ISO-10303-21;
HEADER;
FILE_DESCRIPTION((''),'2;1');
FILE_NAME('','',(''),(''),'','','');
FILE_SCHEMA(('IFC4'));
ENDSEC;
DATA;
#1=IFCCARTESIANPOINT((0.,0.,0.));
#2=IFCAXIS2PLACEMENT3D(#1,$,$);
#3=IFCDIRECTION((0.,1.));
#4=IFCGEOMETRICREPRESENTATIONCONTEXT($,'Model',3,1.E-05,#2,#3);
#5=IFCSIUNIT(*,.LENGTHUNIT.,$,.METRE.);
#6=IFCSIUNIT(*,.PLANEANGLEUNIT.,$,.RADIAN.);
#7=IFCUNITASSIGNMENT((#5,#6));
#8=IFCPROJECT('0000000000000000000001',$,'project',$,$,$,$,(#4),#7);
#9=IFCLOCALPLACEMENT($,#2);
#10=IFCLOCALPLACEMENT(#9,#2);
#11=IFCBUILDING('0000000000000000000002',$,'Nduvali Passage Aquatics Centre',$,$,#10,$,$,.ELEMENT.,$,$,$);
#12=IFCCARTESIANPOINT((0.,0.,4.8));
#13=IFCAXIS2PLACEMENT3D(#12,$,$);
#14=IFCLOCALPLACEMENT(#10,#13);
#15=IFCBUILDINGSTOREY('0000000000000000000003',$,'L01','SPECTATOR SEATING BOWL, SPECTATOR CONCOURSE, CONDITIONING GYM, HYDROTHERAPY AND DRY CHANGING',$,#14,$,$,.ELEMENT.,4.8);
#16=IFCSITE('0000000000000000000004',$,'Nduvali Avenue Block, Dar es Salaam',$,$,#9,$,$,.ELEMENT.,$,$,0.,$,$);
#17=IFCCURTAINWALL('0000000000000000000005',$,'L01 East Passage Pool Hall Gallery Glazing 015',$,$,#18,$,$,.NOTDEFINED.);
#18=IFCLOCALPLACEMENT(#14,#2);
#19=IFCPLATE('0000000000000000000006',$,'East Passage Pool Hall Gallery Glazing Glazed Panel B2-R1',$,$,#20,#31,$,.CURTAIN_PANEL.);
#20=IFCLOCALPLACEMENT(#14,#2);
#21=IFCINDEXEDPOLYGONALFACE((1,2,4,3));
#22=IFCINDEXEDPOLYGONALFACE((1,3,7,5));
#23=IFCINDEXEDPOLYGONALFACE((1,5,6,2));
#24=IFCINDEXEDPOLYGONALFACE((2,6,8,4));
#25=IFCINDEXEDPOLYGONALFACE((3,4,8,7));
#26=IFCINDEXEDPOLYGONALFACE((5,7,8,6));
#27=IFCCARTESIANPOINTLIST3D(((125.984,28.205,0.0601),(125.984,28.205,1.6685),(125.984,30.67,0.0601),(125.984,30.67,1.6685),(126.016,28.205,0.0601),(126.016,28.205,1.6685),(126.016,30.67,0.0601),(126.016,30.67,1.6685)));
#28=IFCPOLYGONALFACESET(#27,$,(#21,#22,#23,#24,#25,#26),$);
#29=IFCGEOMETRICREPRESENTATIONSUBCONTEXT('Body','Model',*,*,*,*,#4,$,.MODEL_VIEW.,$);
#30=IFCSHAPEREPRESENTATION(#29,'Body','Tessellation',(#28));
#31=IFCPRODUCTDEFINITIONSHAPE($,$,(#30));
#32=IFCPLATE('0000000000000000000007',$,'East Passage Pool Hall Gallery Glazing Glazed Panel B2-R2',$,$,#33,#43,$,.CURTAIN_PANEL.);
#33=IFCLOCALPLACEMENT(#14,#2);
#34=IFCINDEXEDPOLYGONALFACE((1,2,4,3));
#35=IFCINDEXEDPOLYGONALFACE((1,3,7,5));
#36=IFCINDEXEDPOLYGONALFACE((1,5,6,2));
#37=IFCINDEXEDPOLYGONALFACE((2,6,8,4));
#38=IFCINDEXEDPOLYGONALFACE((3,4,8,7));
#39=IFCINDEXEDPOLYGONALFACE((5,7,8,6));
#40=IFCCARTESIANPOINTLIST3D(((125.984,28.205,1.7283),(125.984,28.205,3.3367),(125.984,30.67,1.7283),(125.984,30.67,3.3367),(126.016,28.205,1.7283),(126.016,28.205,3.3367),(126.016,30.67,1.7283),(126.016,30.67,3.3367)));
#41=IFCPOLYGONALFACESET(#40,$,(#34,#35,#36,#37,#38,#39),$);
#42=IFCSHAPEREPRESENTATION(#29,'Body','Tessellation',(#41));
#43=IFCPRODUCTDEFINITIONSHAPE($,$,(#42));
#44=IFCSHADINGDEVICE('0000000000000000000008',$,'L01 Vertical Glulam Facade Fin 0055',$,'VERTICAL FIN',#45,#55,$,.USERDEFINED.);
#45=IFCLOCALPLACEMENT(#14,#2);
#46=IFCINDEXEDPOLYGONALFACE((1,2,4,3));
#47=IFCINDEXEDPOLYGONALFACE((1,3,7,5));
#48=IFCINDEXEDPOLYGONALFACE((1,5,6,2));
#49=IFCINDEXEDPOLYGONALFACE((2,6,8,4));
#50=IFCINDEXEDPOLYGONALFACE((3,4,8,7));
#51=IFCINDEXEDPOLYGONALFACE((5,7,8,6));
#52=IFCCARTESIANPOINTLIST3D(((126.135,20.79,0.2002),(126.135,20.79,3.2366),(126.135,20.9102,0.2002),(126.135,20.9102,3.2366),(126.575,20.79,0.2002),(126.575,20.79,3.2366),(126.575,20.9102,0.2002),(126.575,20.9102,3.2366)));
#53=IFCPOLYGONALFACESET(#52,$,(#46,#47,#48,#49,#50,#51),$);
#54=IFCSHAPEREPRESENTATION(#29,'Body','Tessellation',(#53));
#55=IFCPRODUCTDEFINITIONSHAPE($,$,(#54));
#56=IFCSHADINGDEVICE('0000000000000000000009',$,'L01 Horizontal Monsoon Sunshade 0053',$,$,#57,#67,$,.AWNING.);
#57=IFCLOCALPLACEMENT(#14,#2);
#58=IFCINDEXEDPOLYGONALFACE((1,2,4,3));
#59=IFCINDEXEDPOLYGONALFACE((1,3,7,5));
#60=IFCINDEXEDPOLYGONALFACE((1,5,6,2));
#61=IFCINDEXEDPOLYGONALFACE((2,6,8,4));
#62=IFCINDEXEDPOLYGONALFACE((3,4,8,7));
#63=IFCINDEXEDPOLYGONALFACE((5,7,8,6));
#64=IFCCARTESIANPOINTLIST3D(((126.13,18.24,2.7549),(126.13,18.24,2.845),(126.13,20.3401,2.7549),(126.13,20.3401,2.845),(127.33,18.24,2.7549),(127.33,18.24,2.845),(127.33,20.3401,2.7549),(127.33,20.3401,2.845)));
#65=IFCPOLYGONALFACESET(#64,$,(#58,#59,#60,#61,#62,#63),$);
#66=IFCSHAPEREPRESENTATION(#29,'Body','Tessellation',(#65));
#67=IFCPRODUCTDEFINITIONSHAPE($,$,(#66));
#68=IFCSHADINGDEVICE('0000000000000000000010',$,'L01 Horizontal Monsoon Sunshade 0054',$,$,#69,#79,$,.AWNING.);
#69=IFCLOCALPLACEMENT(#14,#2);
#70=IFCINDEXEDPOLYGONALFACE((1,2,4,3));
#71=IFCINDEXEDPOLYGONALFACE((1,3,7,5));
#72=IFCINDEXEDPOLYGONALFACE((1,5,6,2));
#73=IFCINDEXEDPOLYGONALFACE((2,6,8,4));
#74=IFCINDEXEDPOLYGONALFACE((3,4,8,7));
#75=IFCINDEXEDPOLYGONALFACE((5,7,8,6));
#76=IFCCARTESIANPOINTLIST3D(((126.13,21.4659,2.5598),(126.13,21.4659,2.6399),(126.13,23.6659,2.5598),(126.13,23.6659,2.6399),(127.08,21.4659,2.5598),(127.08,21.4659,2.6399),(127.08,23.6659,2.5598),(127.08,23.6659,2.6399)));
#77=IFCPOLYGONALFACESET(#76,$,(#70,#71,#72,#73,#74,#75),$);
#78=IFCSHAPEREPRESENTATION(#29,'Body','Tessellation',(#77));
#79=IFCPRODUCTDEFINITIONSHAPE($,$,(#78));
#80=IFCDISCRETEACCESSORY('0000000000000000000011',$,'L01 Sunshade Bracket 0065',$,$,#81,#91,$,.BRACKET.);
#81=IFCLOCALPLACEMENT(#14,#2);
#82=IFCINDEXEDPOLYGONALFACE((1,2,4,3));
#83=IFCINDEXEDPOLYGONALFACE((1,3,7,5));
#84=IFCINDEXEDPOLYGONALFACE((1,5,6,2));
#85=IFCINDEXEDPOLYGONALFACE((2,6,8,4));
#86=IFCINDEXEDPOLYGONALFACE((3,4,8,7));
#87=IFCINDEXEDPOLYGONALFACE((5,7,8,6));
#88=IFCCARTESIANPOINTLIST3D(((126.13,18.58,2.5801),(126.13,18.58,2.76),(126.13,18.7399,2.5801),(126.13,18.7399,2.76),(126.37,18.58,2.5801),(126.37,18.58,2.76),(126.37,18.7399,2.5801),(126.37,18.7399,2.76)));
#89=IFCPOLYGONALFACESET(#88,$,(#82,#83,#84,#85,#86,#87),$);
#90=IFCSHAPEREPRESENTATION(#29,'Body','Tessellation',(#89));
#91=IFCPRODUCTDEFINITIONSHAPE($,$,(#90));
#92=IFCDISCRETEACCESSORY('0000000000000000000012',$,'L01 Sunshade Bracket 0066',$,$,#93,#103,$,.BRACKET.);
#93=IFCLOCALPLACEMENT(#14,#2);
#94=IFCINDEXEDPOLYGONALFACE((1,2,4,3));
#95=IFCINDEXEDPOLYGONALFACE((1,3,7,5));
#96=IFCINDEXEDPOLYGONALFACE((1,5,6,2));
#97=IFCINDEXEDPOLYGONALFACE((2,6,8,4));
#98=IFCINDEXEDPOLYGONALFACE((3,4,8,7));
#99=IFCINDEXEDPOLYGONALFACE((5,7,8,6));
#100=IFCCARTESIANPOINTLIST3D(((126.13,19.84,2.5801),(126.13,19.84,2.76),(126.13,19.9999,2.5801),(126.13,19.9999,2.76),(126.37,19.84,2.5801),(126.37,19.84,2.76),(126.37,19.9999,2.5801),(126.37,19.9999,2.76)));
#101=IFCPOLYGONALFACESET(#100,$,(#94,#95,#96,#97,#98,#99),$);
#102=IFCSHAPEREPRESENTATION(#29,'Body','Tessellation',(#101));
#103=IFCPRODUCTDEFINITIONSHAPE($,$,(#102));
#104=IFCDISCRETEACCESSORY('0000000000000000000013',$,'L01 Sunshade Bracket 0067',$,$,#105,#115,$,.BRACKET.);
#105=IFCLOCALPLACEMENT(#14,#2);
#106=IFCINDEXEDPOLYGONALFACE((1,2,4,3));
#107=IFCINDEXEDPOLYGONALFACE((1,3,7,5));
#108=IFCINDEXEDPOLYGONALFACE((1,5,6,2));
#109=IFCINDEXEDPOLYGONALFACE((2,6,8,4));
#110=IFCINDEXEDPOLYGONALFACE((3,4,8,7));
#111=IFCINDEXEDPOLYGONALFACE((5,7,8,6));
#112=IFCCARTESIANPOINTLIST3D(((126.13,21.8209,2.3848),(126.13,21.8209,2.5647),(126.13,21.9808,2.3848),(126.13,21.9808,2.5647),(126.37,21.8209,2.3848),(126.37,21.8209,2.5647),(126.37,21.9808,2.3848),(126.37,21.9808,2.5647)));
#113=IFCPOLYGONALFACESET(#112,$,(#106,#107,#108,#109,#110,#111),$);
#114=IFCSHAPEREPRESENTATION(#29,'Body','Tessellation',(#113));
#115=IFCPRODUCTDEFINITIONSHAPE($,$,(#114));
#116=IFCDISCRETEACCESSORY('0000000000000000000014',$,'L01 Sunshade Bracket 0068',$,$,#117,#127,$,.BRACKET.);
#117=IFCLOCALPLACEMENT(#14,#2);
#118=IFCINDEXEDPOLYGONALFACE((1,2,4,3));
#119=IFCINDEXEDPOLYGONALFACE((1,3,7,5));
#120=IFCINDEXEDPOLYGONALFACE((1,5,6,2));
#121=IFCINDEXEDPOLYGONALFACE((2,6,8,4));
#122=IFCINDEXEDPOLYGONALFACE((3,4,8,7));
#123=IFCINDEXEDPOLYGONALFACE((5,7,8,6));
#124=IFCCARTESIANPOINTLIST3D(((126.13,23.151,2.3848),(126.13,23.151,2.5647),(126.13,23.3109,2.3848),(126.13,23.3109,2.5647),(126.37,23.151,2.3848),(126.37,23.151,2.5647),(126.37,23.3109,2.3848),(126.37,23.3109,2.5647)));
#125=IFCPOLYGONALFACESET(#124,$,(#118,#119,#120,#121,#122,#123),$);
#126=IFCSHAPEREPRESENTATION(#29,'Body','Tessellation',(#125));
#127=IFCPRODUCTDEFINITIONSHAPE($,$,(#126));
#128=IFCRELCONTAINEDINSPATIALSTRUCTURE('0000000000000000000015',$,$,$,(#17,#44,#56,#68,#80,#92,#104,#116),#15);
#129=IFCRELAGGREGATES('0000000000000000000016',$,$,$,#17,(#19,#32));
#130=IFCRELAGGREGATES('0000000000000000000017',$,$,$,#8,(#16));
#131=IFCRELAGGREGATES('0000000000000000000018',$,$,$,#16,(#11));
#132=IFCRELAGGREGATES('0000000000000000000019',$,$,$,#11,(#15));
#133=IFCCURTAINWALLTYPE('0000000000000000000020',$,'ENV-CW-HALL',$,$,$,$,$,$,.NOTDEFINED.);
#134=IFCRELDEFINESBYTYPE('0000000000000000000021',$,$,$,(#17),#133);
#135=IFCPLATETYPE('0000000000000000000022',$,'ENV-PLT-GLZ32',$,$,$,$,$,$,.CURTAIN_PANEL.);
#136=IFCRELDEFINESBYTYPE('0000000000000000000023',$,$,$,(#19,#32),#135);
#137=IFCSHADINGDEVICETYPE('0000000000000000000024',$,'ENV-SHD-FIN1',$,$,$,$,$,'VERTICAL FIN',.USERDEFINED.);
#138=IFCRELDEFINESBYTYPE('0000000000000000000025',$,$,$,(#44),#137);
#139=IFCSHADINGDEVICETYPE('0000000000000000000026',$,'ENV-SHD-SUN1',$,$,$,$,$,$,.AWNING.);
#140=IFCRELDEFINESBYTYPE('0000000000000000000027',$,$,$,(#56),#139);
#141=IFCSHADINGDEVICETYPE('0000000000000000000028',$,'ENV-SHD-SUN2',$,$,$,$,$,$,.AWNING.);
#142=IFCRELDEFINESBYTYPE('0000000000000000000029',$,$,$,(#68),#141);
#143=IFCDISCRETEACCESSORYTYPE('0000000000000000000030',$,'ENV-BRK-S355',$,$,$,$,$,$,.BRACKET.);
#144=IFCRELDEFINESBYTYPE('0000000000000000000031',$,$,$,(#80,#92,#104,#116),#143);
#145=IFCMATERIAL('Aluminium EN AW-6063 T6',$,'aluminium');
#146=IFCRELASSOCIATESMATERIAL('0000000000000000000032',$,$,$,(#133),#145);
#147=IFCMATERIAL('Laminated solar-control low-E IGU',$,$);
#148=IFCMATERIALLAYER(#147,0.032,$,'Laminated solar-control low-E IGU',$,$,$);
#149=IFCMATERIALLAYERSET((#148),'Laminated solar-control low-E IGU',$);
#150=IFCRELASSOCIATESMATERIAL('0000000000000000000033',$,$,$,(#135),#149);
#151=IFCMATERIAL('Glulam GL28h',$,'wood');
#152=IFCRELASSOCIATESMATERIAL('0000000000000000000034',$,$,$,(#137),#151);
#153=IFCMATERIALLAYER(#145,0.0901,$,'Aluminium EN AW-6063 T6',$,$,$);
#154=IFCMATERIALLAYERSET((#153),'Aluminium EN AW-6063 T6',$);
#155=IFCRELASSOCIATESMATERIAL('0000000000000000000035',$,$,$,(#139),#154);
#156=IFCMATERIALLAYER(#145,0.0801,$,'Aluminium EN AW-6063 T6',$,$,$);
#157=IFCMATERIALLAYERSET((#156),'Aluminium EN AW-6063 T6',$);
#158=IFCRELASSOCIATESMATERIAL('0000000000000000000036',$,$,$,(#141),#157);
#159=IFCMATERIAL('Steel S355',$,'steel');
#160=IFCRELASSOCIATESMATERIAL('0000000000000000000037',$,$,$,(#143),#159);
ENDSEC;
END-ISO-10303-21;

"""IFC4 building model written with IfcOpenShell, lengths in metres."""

from ifc_helpers import new_model, si_unit, direction, frame, origin, origin_2d, place, context, subcontext, project, spatial, rectangle, extrude, material, layer, layer_set, type_object, element, aggregate, save


model = new_model("IFC4")

# Units and contexts
model_context = context("Model", 3, precision=1e-05, world=origin(), true_north=direction((0.0, 1.0)))
body_context = subcontext(model_context, "Body", "Model", "MODEL_VIEW")
ifc_project = project(units=[si_unit("LENGTHUNIT", "METRE"), si_unit("PLANEANGLEUNIT", "RADIAN")], contexts=[model_context])

# Site, building, storey
site_placement = place(None, origin())
site = spatial("IfcSite", under=ifc_project, at=site_placement, Name="Nduvali Avenue Block, Dar es Salaam", CompositionType="ELEMENT", RefElevation=0.0)
building_placement = place(site_placement, origin())
building = spatial("IfcBuilding", under=site, at=building_placement, Name="Nduvali Passage Aquatics Centre", CompositionType="ELEMENT")
storey_placement = place(building_placement, frame((0.0, 0.0, 4.8)))
storey = spatial("IfcBuildingStorey", under=building, at=storey_placement, Name="L01", Description="SPECTATOR SEATING BOWL, SPECTATOR CONCOURSE, CONDITIONING GYM, HYDROTHERAPY AND DRY CHANGING", CompositionType="ELEMENT", Elevation=4.8)

# Curtain wall
ifc_material_1 = material(Name="Aluminium EN AW-6063 T6", Category="aluminium")
curtain_wall_type = type_object("IfcCurtainWallType", Name="ENV-CW-HALL", PredefinedType="NOTDEFINED", material=ifc_material_1)
curtain_wall_placement = place(storey_placement, origin())
curtain_wall = element("IfcCurtainWall", 1, at=curtain_wall_placement, inside=storey, type_object=curtain_wall_type, Name="L01 East Passage Pool Hall Gallery Glazing 015", PredefinedType="NOTDEFINED")

# Shared definitions
ifc_material_2 = material(Name="Steel S355", Category="steel")

# Plates
ifc_material_3 = material(Name="Laminated solar-control low-E IGU")
ifc_layer_1 = layer(ifc_material_3, 0.032, Name="Laminated solar-control low-E IGU")
ifc_layer_set_1 = layer_set([ifc_layer_1], Name="Laminated solar-control low-E IGU")
plate_type = type_object("IfcPlateType", Name="ENV-PLT-GLZ32", PredefinedType="CURTAIN_PANEL", material=ifc_layer_set_1)
plate_1_placement = place(storey_placement, frame((126.0, 29.4375, 0.0601), z_axis=(0.0, 0.0, 1.0), x_axis=(0.0, 1.0, 0.0)))
plate_1 = element("IfcPlate", 2, at=plate_1_placement, type_object=plate_type, Name="East Passage Pool Hall Gallery Glazing Glazed Panel B2-R1", PredefinedType="CURTAIN_PANEL", context=body_context, shape_type="SweptSolid", body=[
    extrude(rectangle(XDim=2.4651, YDim=0.032, at=origin_2d()), origin(), (0.0, 0.0, 1.0), 1.6084),
])
plate_2_placement = place(storey_placement, frame((126.0, 29.4375, 1.7283), z_axis=(0.0, 0.0, 1.0), x_axis=(0.0, 1.0, 0.0)))
plate_2 = element("IfcPlate", 3, at=plate_2_placement, type_object=plate_type, Name="East Passage Pool Hall Gallery Glazing Glazed Panel B2-R2", PredefinedType="CURTAIN_PANEL", context=body_context, shape_type="SweptSolid", body=[
    extrude(rectangle(XDim=2.4651, YDim=0.032, at=origin_2d()), origin(), (0.0, 0.0, 1.0), 1.6084),
])
aggregate(curtain_wall, [plate_1, plate_2])

# Shading devices
ifc_material_4 = material(Name="Glulam GL28h", Category="wood")
shading_device_type_1 = type_object("IfcShadingDeviceType", Name="ENV-SHD-FIN1", ElementType="VERTICAL FIN", PredefinedType="USERDEFINED", material=ifc_material_4)
shading_device_1_placement = place(storey_placement, frame((126.355, 20.8501, 0.2002), z_axis=(0.0, 0.0, 1.0), x_axis=(0.0, 1.0, 0.0)))
element("IfcShadingDevice", 4, at=shading_device_1_placement, inside=storey, type_object=shading_device_type_1, Name="L01 Vertical Glulam Facade Fin 0055", ObjectType="VERTICAL FIN", PredefinedType="USERDEFINED", context=body_context, shape_type="SweptSolid", body=[
    extrude(rectangle(XDim=0.1201, YDim=0.4399, at=origin_2d()), origin(), (0.0, 0.0, 1.0), 3.0364),
])
ifc_layer_2 = layer(ifc_material_1, 0.0901, Name="Aluminium EN AW-6063 T6")
ifc_layer_set_2 = layer_set([ifc_layer_2], Name="Aluminium EN AW-6063 T6")
shading_device_type_2 = type_object("IfcShadingDeviceType", Name="ENV-SHD-SUN1", PredefinedType="AWNING", material=ifc_layer_set_2)
shading_device_2_placement = place(storey_placement, frame((126.73, 19.29, 2.7549), z_axis=(0.0, 0.0, 1.0), x_axis=(0.0, 1.0, 0.0)))
element("IfcShadingDevice", 5, at=shading_device_2_placement, inside=storey, type_object=shading_device_type_2, Name="L01 Horizontal Monsoon Sunshade 0053", PredefinedType="AWNING", context=body_context, shape_type="SweptSolid", body=[
    extrude(rectangle(XDim=2.1001, YDim=1.2, at=origin_2d()), origin(), (0.0, 0.0, 1.0), 0.0901),
])
ifc_layer_3 = layer(ifc_material_1, 0.0801, Name="Aluminium EN AW-6063 T6")
ifc_layer_set_3 = layer_set([ifc_layer_3], Name="Aluminium EN AW-6063 T6")
shading_device_type_3 = type_object("IfcShadingDeviceType", Name="ENV-SHD-SUN2", PredefinedType="AWNING", material=ifc_layer_set_3)
shading_device_3_placement = place(storey_placement, frame((126.605, 22.5659, 2.5598), z_axis=(0.0, 0.0, 1.0), x_axis=(0.0, 1.0, 0.0)))
element("IfcShadingDevice", 6, at=shading_device_3_placement, inside=storey, type_object=shading_device_type_3, Name="L01 Horizontal Monsoon Sunshade 0054", PredefinedType="AWNING", context=body_context, shape_type="SweptSolid", body=[
    extrude(rectangle(XDim=2.2, YDim=0.95, at=origin_2d()), origin(), (0.0, 0.0, 1.0), 0.0801),
])

# Discrete accessories
discrete_accessory_type = type_object("IfcDiscreteAccessoryType", Name="ENV-BRK-S355", PredefinedType="BRACKET", material=ifc_material_2)
for number, where, z_axis, x_axis, name in (
    (7, (126.25, 18.6599, 2.5801), (0.0, 0.0, 1.0), (0.0, 1.0, 0.0), "L01 Sunshade Bracket 0065"),
    (8, (126.25, 19.9199, 2.5801), (0.0, 0.0, 1.0), (0.0, 1.0, 0.0), "L01 Sunshade Bracket 0066"),
    (9, (126.25, 21.9009, 2.3848), (0.0, 0.0, 1.0), (0.0, 1.0, 0.0), "L01 Sunshade Bracket 0067"),
    (10, (126.25, 23.231, 2.3848), (0.0, 0.0, 1.0), (0.0, 1.0, 0.0), "L01 Sunshade Bracket 0068"),
):
    element("IfcDiscreteAccessory", number, at=place(storey_placement, frame(where, z_axis=z_axis, x_axis=x_axis)), inside=storey, type_object=discrete_accessory_type, Name=name, PredefinedType="BRACKET", context=body_context, shape_type="SweptSolid", body=[
        extrude(rectangle(XDim=0.1599, YDim=0.24, at=origin_2d()), origin(), (0.0, 0.0, 1.0), 0.1799),
    ])

save(model, "model.ifc")
